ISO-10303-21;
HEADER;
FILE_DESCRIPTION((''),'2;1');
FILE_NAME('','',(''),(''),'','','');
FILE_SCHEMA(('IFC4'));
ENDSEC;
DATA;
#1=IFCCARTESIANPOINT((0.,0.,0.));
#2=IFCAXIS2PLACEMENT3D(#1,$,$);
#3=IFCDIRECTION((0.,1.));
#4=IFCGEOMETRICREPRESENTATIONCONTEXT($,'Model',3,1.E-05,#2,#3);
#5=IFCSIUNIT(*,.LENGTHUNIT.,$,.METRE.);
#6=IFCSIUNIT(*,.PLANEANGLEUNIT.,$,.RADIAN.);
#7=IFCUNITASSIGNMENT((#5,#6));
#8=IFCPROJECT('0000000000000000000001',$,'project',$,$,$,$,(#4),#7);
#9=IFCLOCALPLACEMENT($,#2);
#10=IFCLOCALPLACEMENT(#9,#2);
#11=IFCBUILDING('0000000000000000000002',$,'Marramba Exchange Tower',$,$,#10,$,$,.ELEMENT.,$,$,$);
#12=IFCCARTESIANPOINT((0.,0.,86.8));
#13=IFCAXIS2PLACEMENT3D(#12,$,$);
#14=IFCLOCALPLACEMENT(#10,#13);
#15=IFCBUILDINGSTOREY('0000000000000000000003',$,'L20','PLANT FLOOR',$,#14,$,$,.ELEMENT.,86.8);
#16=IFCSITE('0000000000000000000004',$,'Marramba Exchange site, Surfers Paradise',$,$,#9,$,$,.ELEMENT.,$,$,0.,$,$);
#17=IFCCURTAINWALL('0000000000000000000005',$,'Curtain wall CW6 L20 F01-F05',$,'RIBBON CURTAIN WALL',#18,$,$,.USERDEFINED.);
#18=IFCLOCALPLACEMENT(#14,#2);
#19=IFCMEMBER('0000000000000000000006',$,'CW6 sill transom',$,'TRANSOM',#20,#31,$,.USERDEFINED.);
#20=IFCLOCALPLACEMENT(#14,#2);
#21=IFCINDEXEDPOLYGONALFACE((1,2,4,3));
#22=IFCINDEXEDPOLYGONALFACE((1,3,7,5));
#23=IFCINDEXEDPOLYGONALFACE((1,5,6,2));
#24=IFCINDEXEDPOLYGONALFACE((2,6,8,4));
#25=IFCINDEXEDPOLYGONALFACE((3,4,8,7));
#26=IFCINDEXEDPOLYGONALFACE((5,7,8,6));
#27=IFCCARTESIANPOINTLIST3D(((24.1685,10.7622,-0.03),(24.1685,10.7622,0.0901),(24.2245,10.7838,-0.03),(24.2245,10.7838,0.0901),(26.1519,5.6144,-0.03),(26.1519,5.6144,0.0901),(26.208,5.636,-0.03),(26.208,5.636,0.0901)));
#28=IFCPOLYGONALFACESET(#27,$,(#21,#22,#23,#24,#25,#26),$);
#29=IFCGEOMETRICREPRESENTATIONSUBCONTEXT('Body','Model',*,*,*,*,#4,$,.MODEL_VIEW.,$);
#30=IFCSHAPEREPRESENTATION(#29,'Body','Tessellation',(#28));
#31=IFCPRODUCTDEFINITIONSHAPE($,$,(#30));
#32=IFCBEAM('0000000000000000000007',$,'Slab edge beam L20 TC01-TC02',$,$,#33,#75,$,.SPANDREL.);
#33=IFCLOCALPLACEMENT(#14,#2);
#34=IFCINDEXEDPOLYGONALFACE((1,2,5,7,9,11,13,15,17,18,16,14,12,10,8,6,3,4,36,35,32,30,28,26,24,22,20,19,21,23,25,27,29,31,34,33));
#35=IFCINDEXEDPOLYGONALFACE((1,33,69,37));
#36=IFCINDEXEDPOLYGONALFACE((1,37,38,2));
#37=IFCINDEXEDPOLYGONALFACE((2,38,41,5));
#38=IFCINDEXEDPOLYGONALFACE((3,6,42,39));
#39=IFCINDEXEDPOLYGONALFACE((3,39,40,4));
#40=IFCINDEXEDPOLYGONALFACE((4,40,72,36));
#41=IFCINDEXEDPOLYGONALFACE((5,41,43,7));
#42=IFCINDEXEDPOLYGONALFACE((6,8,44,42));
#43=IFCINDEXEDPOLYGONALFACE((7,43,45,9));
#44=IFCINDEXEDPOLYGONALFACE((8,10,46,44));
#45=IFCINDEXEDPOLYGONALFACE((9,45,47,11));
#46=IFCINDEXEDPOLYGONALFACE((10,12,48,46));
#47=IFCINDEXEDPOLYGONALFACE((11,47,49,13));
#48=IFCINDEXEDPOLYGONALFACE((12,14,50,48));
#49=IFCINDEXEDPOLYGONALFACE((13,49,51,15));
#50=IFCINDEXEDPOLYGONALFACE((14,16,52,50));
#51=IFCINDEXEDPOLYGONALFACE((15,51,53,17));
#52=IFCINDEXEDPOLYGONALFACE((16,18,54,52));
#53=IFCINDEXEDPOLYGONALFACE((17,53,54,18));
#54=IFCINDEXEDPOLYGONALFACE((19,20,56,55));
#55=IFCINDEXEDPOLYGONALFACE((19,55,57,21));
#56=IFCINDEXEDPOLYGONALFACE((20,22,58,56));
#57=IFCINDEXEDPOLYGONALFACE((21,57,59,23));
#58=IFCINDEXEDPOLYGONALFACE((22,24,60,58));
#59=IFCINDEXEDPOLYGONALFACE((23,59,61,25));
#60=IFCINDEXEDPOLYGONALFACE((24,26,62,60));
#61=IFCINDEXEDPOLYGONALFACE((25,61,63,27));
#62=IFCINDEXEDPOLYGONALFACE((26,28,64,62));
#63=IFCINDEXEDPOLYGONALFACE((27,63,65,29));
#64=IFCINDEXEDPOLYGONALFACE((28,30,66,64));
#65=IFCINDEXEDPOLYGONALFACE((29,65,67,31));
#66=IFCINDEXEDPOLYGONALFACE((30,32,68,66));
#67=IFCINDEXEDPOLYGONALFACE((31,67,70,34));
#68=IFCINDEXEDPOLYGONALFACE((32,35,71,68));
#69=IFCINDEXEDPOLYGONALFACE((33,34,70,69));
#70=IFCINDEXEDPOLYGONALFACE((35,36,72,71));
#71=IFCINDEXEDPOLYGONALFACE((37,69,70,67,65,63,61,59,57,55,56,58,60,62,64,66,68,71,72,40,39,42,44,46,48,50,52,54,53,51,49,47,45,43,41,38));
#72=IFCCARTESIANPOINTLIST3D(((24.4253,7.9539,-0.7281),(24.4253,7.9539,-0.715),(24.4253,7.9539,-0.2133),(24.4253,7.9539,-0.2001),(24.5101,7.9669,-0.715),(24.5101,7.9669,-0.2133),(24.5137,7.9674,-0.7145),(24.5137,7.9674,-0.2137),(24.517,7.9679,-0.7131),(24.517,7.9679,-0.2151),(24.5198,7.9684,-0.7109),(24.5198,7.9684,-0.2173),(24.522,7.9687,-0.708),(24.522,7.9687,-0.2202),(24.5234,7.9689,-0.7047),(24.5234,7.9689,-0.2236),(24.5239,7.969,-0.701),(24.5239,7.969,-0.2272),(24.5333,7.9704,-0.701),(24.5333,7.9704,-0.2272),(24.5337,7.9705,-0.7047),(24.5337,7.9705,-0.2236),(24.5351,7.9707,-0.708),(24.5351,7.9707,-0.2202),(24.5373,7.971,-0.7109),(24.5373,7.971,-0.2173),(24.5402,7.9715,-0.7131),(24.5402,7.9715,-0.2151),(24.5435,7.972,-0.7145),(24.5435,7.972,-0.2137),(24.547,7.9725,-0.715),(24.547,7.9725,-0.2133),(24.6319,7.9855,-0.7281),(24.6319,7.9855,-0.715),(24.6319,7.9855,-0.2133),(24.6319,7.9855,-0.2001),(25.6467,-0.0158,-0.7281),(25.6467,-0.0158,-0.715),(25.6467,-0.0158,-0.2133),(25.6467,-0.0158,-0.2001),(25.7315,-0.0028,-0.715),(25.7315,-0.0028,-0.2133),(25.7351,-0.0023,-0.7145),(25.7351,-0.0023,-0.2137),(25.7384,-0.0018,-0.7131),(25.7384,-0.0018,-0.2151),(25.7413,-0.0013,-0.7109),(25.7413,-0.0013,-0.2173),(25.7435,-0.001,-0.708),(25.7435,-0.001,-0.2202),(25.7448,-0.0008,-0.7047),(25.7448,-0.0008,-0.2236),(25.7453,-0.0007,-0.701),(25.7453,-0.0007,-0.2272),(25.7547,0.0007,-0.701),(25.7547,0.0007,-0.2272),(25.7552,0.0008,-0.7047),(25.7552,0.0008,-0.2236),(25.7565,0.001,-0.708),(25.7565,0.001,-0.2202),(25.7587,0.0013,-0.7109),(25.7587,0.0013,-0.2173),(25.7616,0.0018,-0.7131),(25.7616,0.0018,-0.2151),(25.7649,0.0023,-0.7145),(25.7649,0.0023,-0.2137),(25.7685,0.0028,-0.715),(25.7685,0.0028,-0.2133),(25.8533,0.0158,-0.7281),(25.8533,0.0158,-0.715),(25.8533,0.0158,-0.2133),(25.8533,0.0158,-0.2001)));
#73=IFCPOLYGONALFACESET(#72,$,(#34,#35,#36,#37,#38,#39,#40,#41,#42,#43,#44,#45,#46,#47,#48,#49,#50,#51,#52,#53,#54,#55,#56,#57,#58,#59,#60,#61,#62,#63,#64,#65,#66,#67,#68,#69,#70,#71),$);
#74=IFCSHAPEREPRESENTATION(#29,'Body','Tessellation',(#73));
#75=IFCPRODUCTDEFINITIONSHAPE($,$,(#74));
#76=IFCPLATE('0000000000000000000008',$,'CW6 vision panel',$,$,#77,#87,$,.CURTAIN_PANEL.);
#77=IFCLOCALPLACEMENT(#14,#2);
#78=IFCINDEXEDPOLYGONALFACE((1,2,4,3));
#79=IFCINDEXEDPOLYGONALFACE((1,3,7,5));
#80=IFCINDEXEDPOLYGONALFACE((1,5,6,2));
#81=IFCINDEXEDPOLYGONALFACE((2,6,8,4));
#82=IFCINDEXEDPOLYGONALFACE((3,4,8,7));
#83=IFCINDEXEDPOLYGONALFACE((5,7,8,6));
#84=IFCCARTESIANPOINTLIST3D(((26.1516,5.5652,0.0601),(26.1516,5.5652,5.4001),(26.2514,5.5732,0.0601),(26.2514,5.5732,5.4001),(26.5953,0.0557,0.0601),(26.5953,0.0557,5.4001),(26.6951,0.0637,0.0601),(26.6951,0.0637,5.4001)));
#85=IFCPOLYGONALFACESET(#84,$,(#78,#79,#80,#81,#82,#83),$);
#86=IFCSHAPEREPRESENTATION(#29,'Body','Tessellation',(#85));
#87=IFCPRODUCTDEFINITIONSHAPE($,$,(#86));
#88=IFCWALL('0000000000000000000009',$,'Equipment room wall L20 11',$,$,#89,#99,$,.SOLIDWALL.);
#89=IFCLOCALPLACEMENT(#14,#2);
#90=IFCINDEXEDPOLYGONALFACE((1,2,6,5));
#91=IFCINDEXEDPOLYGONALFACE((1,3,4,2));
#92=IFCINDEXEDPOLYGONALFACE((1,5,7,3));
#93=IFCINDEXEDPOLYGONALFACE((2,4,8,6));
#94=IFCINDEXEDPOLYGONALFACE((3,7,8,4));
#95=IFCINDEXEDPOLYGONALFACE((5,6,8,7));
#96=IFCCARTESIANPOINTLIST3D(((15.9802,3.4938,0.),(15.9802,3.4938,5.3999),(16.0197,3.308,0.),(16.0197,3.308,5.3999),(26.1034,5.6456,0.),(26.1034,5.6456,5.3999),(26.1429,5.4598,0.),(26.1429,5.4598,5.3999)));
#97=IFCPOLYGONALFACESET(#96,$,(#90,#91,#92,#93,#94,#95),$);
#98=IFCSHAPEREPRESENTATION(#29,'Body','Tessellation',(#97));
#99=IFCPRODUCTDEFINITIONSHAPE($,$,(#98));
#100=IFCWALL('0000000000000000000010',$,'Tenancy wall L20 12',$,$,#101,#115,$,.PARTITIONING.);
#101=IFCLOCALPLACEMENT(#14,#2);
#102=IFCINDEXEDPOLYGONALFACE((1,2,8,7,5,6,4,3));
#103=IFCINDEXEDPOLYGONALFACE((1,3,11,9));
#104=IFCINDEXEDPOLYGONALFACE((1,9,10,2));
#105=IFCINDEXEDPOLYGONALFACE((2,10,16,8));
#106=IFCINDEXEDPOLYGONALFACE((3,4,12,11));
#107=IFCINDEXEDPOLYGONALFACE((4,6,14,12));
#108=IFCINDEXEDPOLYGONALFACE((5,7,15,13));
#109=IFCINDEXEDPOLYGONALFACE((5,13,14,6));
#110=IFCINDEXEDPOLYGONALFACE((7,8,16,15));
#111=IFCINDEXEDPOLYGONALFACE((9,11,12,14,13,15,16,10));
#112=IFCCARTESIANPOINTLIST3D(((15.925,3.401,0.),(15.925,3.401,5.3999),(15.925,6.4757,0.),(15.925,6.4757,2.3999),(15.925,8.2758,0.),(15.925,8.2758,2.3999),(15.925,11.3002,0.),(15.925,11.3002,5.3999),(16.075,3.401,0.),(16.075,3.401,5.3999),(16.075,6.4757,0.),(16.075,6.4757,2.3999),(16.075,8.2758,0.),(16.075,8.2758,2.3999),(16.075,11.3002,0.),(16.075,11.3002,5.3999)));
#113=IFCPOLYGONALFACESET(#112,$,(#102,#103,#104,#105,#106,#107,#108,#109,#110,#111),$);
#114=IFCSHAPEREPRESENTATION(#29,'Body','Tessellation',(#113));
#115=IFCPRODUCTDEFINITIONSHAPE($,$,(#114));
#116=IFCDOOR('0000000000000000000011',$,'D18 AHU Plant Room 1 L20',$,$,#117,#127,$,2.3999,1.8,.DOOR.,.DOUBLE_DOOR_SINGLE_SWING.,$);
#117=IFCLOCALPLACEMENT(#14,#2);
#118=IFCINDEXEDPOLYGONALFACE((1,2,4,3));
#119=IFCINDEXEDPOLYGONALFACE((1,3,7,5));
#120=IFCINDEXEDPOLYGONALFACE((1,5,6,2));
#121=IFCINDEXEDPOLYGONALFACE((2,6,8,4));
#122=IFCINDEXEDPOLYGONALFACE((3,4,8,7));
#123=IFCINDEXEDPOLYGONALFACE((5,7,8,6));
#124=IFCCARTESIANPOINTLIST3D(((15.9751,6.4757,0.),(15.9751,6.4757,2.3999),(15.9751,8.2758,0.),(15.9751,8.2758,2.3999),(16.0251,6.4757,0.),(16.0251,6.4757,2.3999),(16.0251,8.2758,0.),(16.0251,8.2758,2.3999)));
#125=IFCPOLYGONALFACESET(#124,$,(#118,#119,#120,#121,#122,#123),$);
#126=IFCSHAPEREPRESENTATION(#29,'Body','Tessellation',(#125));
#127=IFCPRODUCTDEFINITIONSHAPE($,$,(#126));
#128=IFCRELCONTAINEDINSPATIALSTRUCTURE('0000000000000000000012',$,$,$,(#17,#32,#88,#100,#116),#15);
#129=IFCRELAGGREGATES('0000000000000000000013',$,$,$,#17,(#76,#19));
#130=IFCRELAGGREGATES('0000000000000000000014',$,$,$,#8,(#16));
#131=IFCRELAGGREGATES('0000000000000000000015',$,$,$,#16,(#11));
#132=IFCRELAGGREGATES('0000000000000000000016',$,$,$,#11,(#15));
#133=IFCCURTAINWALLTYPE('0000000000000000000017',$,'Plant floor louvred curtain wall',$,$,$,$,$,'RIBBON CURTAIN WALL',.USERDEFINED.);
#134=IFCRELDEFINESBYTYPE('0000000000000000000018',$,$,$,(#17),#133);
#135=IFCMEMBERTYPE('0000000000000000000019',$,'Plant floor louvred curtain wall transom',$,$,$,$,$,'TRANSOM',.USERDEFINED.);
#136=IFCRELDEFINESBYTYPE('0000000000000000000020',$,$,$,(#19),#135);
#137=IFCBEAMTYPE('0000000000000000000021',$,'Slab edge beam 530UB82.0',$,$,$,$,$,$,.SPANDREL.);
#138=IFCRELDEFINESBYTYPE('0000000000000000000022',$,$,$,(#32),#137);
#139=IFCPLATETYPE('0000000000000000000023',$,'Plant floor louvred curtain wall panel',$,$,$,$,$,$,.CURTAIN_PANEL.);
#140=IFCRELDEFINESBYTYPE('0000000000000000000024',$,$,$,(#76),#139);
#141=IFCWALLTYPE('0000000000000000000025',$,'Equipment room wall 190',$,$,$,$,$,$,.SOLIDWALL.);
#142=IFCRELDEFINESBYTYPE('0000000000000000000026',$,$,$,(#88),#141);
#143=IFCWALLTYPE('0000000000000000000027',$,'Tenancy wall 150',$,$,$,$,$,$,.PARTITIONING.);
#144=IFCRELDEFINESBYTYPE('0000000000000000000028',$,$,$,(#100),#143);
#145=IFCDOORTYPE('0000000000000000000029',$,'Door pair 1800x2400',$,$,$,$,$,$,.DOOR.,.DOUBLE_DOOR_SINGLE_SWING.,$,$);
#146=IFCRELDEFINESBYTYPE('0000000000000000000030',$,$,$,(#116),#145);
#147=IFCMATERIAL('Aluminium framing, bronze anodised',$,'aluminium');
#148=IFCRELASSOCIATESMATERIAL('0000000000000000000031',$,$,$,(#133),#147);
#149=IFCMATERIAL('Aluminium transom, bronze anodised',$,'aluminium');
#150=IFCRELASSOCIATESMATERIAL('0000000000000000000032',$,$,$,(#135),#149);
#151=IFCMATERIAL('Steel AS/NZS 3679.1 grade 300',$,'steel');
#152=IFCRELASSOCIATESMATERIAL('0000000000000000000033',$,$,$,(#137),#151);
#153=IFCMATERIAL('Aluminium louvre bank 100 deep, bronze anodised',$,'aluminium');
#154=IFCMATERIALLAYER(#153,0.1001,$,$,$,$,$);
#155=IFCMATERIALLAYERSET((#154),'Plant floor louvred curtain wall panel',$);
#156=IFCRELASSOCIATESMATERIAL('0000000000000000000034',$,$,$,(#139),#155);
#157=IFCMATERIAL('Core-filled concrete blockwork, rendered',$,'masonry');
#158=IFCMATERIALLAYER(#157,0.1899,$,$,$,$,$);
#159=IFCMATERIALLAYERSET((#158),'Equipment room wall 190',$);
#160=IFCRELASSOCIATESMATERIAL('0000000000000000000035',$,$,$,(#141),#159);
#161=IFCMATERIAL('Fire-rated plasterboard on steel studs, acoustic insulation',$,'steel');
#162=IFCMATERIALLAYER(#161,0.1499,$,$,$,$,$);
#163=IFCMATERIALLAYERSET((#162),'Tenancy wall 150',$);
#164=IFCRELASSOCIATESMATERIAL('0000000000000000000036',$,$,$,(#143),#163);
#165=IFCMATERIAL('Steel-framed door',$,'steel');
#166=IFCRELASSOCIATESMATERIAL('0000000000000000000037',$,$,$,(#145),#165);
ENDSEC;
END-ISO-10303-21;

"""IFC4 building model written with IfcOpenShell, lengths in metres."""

from ifc_helpers import new_model, si_unit, direction, frame, frame_2d, origin, origin_2d, place, context, subcontext, project, spatial, rectangle, i_section, extrude, material, layer, layer_set, material_profile, profile_set, type_object, element, fill, aggregate, save


model = new_model("IFC4")

# Units and contexts
model_context = context("Model", 3, precision=1e-05, world=origin(), true_north=direction((0.0, 1.0)))
body_context = subcontext(model_context, "Body", "Model", "MODEL_VIEW")
ifc_project = project(units=[si_unit("LENGTHUNIT", "METRE"), si_unit("PLANEANGLEUNIT", "RADIAN")], contexts=[model_context])

# Site, building, storey
site_placement = place(None, origin())
site = spatial("IfcSite", under=ifc_project, at=site_placement, Name="Marramba Exchange site, Surfers Paradise", CompositionType="ELEMENT", RefElevation=0.0)
building_placement = place(site_placement, origin())
building = spatial("IfcBuilding", under=site, at=building_placement, Name="Marramba Exchange Tower", CompositionType="ELEMENT")
storey_placement = place(building_placement, frame((0.0, 0.0, 86.8)))
storey = spatial("IfcBuildingStorey", under=building, at=storey_placement, Name="L20", Description="PLANT FLOOR", CompositionType="ELEMENT", Elevation=86.8)

# Shared definitions
ifc_material_1 = material(Name="Steel AS/NZS 3679.1 grade 300", Category="steel")

# Curtain wall, member
ifc_material_2 = material(Name="Aluminium framing, bronze anodised", Category="aluminium")
curtain_wall_type = type_object("IfcCurtainWallType", Name="Plant floor louvred curtain wall", ElementType="RIBBON CURTAIN WALL", PredefinedType="USERDEFINED", material=ifc_material_2)
curtain_wall_placement = place(storey_placement, origin())
curtain_wall = element("IfcCurtainWall", 1, at=curtain_wall_placement, inside=storey, type_object=curtain_wall_type, Name="Curtain wall CW6 L20 F01-F05", ObjectType="RIBBON CURTAIN WALL", PredefinedType="USERDEFINED")
ifc_material_3 = material(Name="Aluminium transom, bronze anodised", Category="aluminium")
ifc_material_profile_1 = material_profile(ifc_material_3, rectangle(XDim=0.0601, YDim=0.1201, at=origin_2d()), Name="CW6 transom 60x120")
ifc_profile_set_1 = profile_set([ifc_material_profile_1], Name="Aluminium transom, bronze anodised")
member_type_1 = type_object("IfcMemberType", Name="Plant floor louvred curtain wall transom", ElementType="TRANSOM", PredefinedType="USERDEFINED", material=ifc_profile_set_1)
member_1_placement = place(storey_placement, frame((26.1799, 5.6252, 0.03), z_axis=(-0.359534, 0.933132, 0.0), x_axis=(-0.933132, -0.359534, 0.0)))
member_1 = element("IfcMember", 2, at=member_1_placement, type_object=member_type_1, Name="CW6 sill transom", ObjectType="TRANSOM", PredefinedType="USERDEFINED", context=body_context, shape_type="SweptSolid", body=[
    extrude(rectangle(XDim=0.0601, YDim=0.1201, at=origin_2d()), origin(), (0.0, 0.0, 1.0), 5.5166),
])

# Beam
ifc_material_profile_2 = material_profile(ifc_material_1, i_section(OverallWidth=0.209, OverallDepth=0.5281, WebThickness=0.0095, FlangeThickness=0.0132, FilletRadius=0.0139, at=origin_2d()), Name="530UB82.0")
ifc_profile_set_2 = profile_set([ifc_material_profile_2], Name="Steel AS/NZS 3679.1 grade 300")
beam_type_1 = type_object("IfcBeamType", Name="Slab edge beam 530UB82.0", PredefinedType="SPANDREL", material=ifc_profile_set_2)
beam_1_placement = place(storey_placement, frame((25.75, 0.0, -0.4641), z_axis=(-0.151491, 0.988459, 0.0), x_axis=(-0.988459, -0.151491, 0.0)))
element("IfcBeam", 3, at=beam_1_placement, inside=storey, type_object=beam_type_1, Name="Slab edge beam L20 TC01-TC02", PredefinedType="SPANDREL", context=body_context, shape_type="SweptSolid", body=[
    extrude(i_section(OverallWidth=0.209, OverallDepth=0.5281, WebThickness=0.0095, FlangeThickness=0.0132, FilletRadius=0.0139, at=origin_2d()), origin(), (0.0, 0.0, 1.0), 8.0627),
])

# Plate
ifc_material_4 = material(Name="Aluminium louvre bank 100 deep, bronze anodised", Category="aluminium")
ifc_layer_1 = layer(ifc_material_4, 0.1001)
ifc_layer_set_1 = layer_set([ifc_layer_1], Name="Plant floor louvred curtain wall panel")
plate_type = type_object("IfcPlateType", Name="Plant floor louvred curtain wall panel", PredefinedType="CURTAIN_PANEL", material=ifc_layer_set_1)
plate_placement = place(storey_placement, frame((26.4233, 2.8145, 0.0601), z_axis=(0.0, 0.0, 1.0), x_axis=(-0.080275, 0.996773, 0.0)))
plate = element("IfcPlate", 4, at=plate_placement, type_object=plate_type, Name="CW6 vision panel", PredefinedType="CURTAIN_PANEL", context=body_context, shape_type="SweptSolid", body=[
    extrude(rectangle(XDim=5.5273, YDim=0.1001, at=origin_2d()), origin(), (0.0, 0.0, 1.0), 5.3401),
])
aggregate(curtain_wall, [plate, member_1])

# Wall
ifc_material_5 = material(Name="Core-filled concrete blockwork, rendered", Category="masonry")
ifc_layer_2 = layer(ifc_material_5, 0.1899)
ifc_layer_set_2 = layer_set([ifc_layer_2], Name="Equipment room wall 190")
wall_type_1 = type_object("IfcWallType", Name="Equipment room wall 190", PredefinedType="SOLIDWALL", material=ifc_layer_set_2)
wall_1_placement = place(storey_placement, frame((26.1233, 5.5527, 0.0), z_axis=(0.0, 0.0, 1.0), x_axis=(-0.978146, -0.207919, 0.0)))
element("IfcWall", 5, at=wall_1_placement, inside=storey, type_object=wall_type_1, Name="Equipment room wall L20 11", PredefinedType="SOLIDWALL", context=body_context, shape_type="SweptSolid", body=[
    extrude(rectangle(XDim=10.3494, YDim=0.1899, at=frame_2d((5.1748, 0.0))), origin(), (0.0, 0.0, 1.0), 5.3999),
])

# Wall, opening, door
ifc_material_6 = material(Name="Fire-rated plasterboard on steel studs, acoustic insulation", Category="steel")
ifc_layer_3 = layer(ifc_material_6, 0.1499)
ifc_layer_set_3 = layer_set([ifc_layer_3], Name="Tenancy wall 150")
wall_type_2 = type_object("IfcWallType", Name="Tenancy wall 150", PredefinedType="PARTITIONING", material=ifc_layer_set_3)
wall_2_placement = place(storey_placement, frame((16.0, 3.4009, 0.0), z_axis=(0.0, 0.0, 1.0), x_axis=(0.0, 1.0, 0.0)))
wall_2 = element("IfcWall", 6, at=wall_2_placement, inside=storey, type_object=wall_type_2, Name="Tenancy wall L20 12", PredefinedType="PARTITIONING", context=body_context, shape_type="SweptSolid", body=[
    extrude(rectangle(XDim=7.8992, YDim=0.1499, at=frame_2d((3.9497, 0.0))), origin(), (0.0, 0.0, 1.0), 5.3999),
])
opening_placement = place(wall_2_placement, frame((3.075, 0.0, 0.0)))
opening = element("IfcOpeningElement", 7, at=opening_placement, cuts=wall_2, PredefinedType="OPENING", context=body_context, shape_type="SweptSolid", body=[
    extrude(rectangle(XDim=1.8, YDim=2.3999, at=frame_2d((0.8999, 1.2))), frame((0.0, 0.085, 0.0), z_axis=(0.0, -1.0, 0.0), x_axis=(1.0, 0.0, 0.0)), (0.0, 0.0, 1.0), 0.1699),
])
ifc_material_7 = material(Name="Steel-framed door", Category="steel")
door_type = type_object("IfcDoorType", Name="Door pair 1800x2400", OperationType="DOUBLE_DOOR_SINGLE_SWING", PredefinedType="DOOR", material=ifc_material_7)
door_placement = place(opening_placement, origin())
door = element("IfcDoor", 8, at=door_placement, inside=storey, type_object=door_type, Name="D18 AHU Plant Room 1 L20", OperationType="DOUBLE_DOOR_SINGLE_SWING", OverallHeight=2.3999, OverallWidth=1.8, PredefinedType="DOOR", context=body_context, shape_type="SweptSolid", body=[
    extrude(rectangle(XDim=1.8, YDim=2.3999, at=frame_2d((0.8999, 1.2))), frame((0.0, 0.0249, 0.0), z_axis=(0.0, -1.0, 0.0), x_axis=(1.0, 0.0, 0.0)), (0.0, 0.0, 1.0), 0.05),
])
fill(opening, door)

save(model, "model.ifc")
